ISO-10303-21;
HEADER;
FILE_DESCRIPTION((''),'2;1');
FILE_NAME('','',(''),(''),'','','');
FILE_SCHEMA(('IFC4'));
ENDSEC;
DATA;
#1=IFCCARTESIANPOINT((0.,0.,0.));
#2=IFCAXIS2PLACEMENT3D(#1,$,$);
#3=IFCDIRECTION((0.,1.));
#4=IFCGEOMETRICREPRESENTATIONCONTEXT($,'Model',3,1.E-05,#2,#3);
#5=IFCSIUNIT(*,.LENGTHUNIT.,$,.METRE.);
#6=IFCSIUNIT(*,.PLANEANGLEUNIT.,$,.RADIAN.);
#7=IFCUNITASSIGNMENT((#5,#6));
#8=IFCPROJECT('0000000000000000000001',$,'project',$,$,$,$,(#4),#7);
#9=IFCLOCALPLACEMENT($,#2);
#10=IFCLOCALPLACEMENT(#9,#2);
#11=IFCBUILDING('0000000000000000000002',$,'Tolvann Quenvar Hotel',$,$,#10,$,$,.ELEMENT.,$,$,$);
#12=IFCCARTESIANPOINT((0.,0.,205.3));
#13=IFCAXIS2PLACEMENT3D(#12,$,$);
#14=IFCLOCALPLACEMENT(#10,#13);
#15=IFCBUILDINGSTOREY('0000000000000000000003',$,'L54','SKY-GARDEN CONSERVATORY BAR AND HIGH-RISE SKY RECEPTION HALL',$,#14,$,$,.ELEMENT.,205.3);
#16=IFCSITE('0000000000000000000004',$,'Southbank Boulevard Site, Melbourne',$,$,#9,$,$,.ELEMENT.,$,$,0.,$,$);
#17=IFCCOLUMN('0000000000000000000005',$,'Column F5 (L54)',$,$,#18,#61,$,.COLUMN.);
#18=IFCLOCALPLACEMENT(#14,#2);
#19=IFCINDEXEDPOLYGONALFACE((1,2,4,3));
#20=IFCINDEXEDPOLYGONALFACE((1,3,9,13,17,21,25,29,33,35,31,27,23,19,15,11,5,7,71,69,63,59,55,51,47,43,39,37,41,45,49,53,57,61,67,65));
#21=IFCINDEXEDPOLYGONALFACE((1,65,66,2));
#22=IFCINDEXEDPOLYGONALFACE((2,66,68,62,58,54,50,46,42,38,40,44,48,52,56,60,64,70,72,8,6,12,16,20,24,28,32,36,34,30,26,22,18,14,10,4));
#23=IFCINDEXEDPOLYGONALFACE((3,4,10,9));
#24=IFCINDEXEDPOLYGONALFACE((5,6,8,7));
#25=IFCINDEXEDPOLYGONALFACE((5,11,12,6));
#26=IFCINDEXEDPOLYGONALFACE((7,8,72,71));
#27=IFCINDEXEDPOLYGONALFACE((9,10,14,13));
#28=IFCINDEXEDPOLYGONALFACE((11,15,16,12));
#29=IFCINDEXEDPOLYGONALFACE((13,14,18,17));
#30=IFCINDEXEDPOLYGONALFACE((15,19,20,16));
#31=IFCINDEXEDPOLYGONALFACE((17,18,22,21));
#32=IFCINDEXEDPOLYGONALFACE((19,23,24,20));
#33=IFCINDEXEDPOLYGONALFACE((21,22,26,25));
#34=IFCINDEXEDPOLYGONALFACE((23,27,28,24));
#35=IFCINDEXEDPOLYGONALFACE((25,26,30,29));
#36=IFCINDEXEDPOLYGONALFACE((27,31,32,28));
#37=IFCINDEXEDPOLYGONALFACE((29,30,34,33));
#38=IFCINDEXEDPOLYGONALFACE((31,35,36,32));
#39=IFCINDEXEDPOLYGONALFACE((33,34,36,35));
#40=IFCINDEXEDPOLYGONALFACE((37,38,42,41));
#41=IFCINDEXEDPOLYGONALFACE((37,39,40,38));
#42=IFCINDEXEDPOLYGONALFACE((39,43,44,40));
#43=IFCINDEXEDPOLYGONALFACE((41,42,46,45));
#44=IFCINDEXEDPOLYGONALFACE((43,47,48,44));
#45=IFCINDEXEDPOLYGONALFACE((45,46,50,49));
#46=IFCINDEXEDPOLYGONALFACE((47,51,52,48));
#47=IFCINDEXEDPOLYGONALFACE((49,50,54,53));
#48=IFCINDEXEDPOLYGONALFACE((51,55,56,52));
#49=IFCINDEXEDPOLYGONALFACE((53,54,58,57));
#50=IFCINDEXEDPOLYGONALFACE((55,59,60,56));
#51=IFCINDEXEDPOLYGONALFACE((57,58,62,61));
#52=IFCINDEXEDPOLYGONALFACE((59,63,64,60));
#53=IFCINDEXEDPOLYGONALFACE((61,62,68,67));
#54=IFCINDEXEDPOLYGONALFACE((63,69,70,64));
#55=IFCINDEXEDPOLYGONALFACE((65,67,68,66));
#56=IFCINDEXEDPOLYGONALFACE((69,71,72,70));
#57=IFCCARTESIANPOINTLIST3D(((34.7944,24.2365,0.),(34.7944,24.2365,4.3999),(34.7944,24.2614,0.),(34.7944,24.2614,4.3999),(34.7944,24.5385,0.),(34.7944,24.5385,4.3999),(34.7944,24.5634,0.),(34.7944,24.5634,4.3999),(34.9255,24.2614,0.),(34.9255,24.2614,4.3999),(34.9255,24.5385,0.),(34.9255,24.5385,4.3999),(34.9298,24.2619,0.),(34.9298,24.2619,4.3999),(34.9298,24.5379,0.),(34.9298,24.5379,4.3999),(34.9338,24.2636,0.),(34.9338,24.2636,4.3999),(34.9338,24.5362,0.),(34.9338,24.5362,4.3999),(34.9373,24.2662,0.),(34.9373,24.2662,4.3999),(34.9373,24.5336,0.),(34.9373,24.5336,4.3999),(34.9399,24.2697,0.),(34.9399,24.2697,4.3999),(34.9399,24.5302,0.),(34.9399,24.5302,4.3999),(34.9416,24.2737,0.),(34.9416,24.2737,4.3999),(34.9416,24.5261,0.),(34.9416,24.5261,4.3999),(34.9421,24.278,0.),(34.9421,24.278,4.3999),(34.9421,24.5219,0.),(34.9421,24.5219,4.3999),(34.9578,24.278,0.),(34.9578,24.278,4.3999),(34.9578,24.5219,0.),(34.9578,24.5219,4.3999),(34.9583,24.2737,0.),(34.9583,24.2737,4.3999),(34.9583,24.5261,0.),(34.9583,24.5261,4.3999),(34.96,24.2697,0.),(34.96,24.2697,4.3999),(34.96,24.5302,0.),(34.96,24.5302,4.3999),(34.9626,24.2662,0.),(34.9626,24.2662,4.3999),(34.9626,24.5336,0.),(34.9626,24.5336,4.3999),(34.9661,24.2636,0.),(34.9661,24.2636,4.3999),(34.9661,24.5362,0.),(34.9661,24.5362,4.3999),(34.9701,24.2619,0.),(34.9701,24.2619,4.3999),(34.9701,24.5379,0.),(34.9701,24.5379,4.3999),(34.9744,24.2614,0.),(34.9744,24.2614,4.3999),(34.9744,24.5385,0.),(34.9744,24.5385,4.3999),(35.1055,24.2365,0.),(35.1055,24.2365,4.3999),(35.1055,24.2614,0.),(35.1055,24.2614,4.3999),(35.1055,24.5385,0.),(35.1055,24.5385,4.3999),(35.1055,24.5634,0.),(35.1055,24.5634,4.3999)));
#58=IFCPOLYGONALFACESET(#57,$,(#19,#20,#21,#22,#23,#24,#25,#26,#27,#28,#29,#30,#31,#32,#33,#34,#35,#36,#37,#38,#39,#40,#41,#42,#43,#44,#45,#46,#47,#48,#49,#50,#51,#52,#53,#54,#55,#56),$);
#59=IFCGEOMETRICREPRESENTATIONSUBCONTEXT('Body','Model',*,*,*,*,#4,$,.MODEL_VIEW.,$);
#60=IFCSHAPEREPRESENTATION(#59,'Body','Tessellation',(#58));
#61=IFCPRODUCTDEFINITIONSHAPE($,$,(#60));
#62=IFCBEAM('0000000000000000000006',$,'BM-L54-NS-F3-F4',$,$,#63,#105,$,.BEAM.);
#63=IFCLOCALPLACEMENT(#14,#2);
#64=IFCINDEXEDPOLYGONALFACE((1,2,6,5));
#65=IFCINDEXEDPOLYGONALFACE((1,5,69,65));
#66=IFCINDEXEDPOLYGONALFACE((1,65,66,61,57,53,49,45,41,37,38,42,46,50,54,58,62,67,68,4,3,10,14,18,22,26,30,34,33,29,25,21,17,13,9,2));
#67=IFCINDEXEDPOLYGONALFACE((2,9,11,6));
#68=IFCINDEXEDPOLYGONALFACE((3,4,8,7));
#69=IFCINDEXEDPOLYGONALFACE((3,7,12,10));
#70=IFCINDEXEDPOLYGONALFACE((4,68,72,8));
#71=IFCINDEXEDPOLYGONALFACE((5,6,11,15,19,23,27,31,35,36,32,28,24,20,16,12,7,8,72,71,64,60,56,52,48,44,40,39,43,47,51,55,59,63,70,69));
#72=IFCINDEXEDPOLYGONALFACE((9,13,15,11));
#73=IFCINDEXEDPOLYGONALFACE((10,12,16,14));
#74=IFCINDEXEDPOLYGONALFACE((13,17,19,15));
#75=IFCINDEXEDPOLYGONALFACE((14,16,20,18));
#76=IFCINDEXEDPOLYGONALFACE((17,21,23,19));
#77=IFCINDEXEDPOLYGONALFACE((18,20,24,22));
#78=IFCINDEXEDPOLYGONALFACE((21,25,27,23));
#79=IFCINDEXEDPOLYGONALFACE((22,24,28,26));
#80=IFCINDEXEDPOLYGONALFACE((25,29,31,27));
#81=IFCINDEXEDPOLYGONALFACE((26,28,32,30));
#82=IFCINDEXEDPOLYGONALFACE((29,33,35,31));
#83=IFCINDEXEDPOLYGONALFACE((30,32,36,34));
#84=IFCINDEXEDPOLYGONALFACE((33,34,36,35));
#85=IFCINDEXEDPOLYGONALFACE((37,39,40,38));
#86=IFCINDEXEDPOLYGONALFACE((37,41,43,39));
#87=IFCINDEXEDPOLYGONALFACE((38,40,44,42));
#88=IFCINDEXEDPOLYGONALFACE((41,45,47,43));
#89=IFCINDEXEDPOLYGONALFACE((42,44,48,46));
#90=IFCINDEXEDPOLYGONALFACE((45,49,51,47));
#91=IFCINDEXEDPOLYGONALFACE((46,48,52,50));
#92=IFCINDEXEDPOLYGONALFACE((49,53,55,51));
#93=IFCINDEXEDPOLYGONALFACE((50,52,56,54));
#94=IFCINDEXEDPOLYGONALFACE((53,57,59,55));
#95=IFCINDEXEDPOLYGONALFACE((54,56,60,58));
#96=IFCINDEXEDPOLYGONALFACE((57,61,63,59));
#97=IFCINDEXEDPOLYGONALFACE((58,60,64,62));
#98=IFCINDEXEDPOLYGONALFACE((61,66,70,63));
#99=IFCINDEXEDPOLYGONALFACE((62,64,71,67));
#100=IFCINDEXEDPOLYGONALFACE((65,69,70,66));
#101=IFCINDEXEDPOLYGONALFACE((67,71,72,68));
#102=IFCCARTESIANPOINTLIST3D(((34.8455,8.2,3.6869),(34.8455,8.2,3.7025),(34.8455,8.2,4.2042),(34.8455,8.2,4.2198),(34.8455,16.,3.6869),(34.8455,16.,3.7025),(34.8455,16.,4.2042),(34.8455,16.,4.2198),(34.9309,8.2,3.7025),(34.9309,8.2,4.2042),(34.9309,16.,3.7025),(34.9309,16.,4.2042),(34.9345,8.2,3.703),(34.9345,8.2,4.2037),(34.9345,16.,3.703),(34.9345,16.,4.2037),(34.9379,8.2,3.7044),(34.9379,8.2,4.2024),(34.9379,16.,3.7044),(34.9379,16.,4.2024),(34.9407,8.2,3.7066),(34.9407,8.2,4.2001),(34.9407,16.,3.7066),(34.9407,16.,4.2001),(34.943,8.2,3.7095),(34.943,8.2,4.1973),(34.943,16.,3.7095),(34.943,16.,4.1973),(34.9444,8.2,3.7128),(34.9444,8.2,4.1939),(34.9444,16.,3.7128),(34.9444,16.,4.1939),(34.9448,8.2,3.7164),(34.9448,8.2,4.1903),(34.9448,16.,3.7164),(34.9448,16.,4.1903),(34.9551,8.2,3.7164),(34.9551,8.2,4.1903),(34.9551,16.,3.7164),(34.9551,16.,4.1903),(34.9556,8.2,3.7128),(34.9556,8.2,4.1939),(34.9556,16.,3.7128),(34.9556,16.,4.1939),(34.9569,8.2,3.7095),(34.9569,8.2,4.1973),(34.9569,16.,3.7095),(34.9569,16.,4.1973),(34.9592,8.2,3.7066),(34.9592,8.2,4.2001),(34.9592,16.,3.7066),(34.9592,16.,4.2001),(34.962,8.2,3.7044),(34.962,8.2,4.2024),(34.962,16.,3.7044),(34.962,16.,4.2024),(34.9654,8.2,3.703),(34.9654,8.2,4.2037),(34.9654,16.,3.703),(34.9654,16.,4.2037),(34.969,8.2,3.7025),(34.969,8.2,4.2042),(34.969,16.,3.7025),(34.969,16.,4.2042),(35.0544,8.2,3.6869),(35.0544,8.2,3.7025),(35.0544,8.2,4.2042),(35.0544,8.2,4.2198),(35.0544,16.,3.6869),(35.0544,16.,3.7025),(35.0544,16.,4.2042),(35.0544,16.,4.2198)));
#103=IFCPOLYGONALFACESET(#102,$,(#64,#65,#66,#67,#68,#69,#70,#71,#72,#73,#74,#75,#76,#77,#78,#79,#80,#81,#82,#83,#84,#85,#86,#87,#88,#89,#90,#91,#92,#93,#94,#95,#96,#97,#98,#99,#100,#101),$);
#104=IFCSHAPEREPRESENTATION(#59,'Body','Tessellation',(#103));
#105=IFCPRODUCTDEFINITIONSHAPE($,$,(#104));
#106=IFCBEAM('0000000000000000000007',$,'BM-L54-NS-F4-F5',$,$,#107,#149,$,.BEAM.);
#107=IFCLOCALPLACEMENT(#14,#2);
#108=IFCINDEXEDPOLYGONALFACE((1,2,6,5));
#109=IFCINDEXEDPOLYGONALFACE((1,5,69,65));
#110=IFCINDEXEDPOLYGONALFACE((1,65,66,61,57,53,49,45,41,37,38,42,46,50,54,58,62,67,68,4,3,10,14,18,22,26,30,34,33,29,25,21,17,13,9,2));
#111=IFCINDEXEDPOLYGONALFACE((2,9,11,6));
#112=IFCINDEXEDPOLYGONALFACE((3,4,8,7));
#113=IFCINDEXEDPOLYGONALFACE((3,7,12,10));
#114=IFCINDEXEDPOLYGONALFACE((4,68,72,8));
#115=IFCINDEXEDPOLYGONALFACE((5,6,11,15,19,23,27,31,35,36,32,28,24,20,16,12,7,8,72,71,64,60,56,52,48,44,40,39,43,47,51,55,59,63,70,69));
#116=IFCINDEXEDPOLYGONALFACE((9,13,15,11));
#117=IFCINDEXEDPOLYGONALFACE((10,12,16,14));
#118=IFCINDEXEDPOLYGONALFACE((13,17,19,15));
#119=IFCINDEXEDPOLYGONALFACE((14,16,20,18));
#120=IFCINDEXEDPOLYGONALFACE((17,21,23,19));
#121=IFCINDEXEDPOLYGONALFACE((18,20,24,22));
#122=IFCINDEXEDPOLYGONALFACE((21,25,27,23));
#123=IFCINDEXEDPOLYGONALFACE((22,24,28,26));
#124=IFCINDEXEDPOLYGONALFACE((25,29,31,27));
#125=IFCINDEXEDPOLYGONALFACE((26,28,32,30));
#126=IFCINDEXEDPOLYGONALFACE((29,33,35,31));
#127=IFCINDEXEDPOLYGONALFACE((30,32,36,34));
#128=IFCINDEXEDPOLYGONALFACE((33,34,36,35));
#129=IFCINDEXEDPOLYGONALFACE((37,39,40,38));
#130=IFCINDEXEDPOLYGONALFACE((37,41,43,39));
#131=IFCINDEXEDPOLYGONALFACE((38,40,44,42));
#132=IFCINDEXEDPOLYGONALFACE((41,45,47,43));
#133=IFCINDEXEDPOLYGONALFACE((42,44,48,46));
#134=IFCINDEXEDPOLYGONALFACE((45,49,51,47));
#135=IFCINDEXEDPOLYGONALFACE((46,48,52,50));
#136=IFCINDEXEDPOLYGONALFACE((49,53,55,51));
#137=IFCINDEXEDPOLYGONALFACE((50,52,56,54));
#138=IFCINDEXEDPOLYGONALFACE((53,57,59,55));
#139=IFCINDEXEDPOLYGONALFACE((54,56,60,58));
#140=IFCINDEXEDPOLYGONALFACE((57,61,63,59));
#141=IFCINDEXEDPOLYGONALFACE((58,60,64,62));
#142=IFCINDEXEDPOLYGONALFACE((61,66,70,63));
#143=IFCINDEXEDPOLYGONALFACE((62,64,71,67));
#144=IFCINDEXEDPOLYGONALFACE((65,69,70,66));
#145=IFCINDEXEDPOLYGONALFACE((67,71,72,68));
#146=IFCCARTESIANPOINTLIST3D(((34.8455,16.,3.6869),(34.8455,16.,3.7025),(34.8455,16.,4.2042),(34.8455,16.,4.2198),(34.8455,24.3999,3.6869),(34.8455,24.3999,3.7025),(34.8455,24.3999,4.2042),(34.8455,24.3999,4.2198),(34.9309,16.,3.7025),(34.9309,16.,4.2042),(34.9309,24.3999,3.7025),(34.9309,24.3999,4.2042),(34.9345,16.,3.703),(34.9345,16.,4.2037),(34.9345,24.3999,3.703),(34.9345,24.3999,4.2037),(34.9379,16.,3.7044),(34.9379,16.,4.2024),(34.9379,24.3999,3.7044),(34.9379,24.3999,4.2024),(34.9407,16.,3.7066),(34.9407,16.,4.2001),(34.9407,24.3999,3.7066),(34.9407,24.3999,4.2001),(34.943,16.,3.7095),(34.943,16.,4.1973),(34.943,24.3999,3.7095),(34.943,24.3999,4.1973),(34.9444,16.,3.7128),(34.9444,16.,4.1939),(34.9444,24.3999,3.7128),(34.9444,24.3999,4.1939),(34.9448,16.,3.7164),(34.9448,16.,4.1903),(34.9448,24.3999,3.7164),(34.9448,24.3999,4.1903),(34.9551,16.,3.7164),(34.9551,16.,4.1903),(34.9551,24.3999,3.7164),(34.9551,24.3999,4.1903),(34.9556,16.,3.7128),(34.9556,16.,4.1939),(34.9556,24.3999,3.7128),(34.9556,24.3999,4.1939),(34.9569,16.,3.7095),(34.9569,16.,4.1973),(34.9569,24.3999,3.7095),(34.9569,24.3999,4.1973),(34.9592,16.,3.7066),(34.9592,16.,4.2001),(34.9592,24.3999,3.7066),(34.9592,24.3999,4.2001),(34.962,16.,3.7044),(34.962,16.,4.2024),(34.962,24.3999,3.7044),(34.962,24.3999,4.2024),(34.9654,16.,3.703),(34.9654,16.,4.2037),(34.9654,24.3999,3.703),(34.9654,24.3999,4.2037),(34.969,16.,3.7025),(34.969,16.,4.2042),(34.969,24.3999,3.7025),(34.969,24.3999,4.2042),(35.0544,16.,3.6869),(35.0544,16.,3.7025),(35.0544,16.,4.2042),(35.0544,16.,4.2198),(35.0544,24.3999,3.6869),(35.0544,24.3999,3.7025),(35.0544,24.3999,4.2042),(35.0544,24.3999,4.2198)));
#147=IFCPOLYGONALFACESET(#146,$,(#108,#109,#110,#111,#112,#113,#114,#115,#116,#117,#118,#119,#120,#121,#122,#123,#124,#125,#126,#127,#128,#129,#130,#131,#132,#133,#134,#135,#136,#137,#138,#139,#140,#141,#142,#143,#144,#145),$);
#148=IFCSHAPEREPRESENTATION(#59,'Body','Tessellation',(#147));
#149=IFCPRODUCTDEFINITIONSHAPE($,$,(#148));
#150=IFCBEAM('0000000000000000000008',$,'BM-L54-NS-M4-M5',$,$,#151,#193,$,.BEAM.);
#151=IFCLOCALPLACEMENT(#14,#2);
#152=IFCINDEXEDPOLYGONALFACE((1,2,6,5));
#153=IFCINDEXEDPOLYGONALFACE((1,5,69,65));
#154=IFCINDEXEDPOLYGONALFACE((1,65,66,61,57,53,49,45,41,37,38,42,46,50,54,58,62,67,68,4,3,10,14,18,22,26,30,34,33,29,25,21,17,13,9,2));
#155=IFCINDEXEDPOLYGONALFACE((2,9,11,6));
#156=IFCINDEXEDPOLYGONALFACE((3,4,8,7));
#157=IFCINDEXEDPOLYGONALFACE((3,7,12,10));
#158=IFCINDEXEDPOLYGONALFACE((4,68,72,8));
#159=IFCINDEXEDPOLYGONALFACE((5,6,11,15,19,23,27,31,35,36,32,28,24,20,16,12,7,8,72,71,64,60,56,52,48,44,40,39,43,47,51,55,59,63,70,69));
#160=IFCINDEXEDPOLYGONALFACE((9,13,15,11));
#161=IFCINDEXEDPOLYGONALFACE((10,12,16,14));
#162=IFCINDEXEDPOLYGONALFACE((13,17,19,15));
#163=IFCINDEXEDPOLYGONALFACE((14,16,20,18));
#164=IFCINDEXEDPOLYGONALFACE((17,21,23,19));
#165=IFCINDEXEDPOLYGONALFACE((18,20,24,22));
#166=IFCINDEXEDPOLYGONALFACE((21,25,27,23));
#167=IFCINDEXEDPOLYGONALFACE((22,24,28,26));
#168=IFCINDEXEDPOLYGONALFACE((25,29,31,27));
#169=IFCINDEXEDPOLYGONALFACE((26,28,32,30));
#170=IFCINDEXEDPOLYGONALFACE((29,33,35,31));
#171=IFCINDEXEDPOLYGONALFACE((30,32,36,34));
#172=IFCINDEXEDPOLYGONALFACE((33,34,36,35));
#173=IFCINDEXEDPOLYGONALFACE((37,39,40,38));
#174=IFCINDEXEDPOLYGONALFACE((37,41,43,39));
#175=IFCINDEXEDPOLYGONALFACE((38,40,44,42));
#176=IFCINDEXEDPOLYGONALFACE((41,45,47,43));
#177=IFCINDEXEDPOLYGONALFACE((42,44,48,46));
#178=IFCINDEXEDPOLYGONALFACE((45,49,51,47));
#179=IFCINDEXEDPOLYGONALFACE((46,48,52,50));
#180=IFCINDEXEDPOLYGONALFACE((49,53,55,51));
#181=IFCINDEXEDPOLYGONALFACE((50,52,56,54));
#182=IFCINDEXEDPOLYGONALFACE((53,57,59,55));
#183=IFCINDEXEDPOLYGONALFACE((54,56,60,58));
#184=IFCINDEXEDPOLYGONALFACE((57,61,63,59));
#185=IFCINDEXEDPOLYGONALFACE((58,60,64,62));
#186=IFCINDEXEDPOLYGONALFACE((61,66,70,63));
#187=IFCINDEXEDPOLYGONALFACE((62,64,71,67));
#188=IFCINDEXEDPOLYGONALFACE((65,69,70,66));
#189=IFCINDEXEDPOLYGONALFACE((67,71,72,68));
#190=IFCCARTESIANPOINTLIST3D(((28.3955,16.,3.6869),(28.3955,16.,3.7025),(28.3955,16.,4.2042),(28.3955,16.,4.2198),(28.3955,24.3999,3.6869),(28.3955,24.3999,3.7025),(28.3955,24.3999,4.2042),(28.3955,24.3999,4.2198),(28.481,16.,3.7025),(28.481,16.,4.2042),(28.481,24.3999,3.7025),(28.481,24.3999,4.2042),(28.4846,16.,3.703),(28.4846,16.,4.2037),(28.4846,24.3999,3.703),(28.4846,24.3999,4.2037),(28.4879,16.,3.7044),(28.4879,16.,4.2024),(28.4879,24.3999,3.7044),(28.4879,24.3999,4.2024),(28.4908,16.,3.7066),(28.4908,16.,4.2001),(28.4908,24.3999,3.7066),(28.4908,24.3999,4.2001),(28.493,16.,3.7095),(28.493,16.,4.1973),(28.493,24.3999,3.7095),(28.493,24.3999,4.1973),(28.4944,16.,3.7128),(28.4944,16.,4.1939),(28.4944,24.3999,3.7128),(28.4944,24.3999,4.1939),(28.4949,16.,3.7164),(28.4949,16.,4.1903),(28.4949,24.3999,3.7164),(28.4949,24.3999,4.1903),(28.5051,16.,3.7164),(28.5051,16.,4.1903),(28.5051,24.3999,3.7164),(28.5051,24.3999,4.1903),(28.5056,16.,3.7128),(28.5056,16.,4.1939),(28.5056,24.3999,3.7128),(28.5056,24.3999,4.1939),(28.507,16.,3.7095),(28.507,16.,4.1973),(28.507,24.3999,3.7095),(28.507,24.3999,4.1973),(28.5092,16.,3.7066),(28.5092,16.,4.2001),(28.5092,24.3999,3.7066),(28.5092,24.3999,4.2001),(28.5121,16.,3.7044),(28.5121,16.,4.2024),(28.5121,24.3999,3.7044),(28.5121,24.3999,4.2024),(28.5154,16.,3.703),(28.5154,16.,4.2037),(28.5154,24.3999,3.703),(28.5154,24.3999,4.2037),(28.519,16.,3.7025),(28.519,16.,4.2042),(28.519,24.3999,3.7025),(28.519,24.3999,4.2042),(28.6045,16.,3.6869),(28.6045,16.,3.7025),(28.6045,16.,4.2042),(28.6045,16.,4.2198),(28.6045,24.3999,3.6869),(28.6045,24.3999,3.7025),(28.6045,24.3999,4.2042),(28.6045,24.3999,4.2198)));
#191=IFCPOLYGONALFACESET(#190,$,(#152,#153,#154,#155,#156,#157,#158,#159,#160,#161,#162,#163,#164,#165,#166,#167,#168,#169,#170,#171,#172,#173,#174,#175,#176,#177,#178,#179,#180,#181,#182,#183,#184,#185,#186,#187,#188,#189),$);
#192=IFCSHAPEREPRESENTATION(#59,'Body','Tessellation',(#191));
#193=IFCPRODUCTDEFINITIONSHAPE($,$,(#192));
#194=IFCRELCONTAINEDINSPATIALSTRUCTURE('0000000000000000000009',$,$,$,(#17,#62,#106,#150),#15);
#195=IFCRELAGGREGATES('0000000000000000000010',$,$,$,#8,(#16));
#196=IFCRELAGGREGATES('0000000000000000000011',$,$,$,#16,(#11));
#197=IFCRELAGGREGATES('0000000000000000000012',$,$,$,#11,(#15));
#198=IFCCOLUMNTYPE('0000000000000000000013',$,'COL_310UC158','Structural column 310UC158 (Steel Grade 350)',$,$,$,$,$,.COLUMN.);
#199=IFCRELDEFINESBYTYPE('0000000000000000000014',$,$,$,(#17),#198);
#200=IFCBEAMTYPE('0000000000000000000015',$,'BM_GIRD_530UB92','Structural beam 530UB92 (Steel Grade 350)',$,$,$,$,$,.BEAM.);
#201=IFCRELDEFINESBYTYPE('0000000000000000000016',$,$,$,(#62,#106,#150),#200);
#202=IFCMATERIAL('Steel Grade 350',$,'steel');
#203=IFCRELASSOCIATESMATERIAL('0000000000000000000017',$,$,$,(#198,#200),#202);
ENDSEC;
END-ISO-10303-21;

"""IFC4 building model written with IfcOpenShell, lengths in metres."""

from ifc_helpers import new_model, si_unit, direction, frame, origin, origin_2d, place, context, subcontext, project, spatial, i_section, extrude, source, transform, mapped, material, material_profile, profile_set, type_object, type_shapes, element, save


model = new_model("IFC4")

# Units and contexts
model_context = context("Model", 3, precision=1e-05, world=origin(), true_north=direction((0.0, 1.0)))
body_context = subcontext(model_context, "Body", "Model", "MODEL_VIEW")
ifc_project = project(units=[si_unit("LENGTHUNIT", "METRE"), si_unit("PLANEANGLEUNIT", "RADIAN")], contexts=[model_context])

# Site, building, storey
site_placement = place(None, origin())
site = spatial("IfcSite", under=ifc_project, at=site_placement, Name="Southbank Boulevard Site, Melbourne", CompositionType="ELEMENT", RefElevation=0.0)
building_placement = place(site_placement, origin())
building = spatial("IfcBuilding", under=site, at=building_placement, Name="Tolvann Quenvar Hotel", CompositionType="ELEMENT")
storey_placement = place(building_placement, frame((0.0, 0.0, 205.3)))
storey = spatial("IfcBuildingStorey", under=building, at=storey_placement, Name="L54", Description="SKY-GARDEN CONSERVATORY BAR AND HIGH-RISE SKY RECEPTION HALL", CompositionType="ELEMENT", Elevation=205.3)

# Column
ifc_material_1 = material(Name="Steel Grade 350", Category="steel")
ifc_material_profile_1 = material_profile(ifc_material_1, i_section(OverallWidth=0.311, OverallDepth=0.3269, WebThickness=0.0156, FlangeThickness=0.0249, FilletRadius=0.0166, at=origin_2d()), Name="310UC158")
ifc_profile_set_1 = profile_set([ifc_material_profile_1], Name="Steel Grade 350")
column_type_1 = type_object("IfcColumnType", Name="COL_310UC158", Description="Structural column 310UC158 (Steel Grade 350)", PredefinedType="COLUMN", material=ifc_profile_set_1)
shared_shape_1 = source(origin(), body_context, "Body", "SweptSolid", [
    extrude(i_section(OverallWidth=0.311, OverallDepth=0.3269, WebThickness=0.0156, FlangeThickness=0.0249, FilletRadius=0.0166, at=origin_2d()), origin(), (0.0, 0.0, 1.0), 4.3999),
])
type_shapes(column_type_1, [shared_shape_1])
for number, where, z_axis, x_axis, name in (
    (1, (34.95, 24.3999, 0.0), (0.0, 0.0, 1.0), (1.0, 0.0, 0.0), "Column F5 (L54)"),
):
    element("IfcColumn", number, at=place(storey_placement, frame(where, z_axis=z_axis, x_axis=x_axis)), inside=storey, type_object=column_type_1, Name=name, PredefinedType="COLUMN", context=body_context, shape_type="MappedRepresentation", body=[
        mapped(shared_shape_1, transform((0.0, 0.0, 0.0), x_axis=(1.0, 0.0, 0.0), y_axis=(0.0, 1.0, 0.0), z_axis=(0.0, 0.0, 1.0), scale=1.0)),
    ])

# Beams
ifc_material_profile_2 = material_profile(ifc_material_1, i_section(OverallWidth=0.209, OverallDepth=0.533, WebThickness=0.0103, FlangeThickness=0.0156, FilletRadius=0.0139, at=origin_2d()), Name="530UB92")
ifc_profile_set_2 = profile_set([ifc_material_profile_2], Name="Steel Grade 350")
beam_type_1 = type_object("IfcBeamType", Name="BM_GIRD_530UB92", Description="Structural beam 530UB92 (Steel Grade 350)", PredefinedType="BEAM", material=ifc_profile_set_2)
shared_shape_2 = source(origin(), body_context, "Body", "SweptSolid", [
    extrude(i_section(OverallWidth=0.209, OverallDepth=0.533, WebThickness=0.0103, FlangeThickness=0.0156, FilletRadius=0.0139, at=origin_2d()), origin(), (0.0, 0.0, 1.0), 7.8),
])
beam_1_placement = place(storey_placement, frame((34.95, 8.2, 3.9534), z_axis=(0.0, 1.0, 0.0), x_axis=(-1.0, 0.0, 0.0)))
element("IfcBeam", 2, at=beam_1_placement, inside=storey, type_object=beam_type_1, Name="BM-L54-NS-F3-F4", PredefinedType="BEAM", context=body_context, shape_type="MappedRepresentation", body=[
    mapped(shared_shape_2, transform((0.0, 0.0, 0.0), x_axis=(1.0, 0.0, 0.0), y_axis=(0.0, 1.0, 0.0), z_axis=(0.0, 0.0, 1.0), scale=1.0)),
])
shared_shape_3 = source(origin(), body_context, "Body", "SweptSolid", [
    extrude(i_section(OverallWidth=0.209, OverallDepth=0.533, WebThickness=0.0103, FlangeThickness=0.0156, FilletRadius=0.0139, at=origin_2d()), origin(), (0.0, 0.0, 1.0), 8.3999),
])
for number, where, z_axis, x_axis, name in (
    (3, (34.95, 16.0, 3.9534), (0.0, 1.0, 0.0), (-1.0, 0.0, 0.0), "BM-L54-NS-F4-F5"),
    (4, (28.5, 16.0, 3.9534), (0.0, 1.0, 0.0), (-1.0, 0.0, 0.0), "BM-L54-NS-M4-M5"),
):
    element("IfcBeam", number, at=place(storey_placement, frame(where, z_axis=z_axis, x_axis=x_axis)), inside=storey, type_object=beam_type_1, Name=name, PredefinedType="BEAM", context=body_context, shape_type="MappedRepresentation", body=[
        mapped(shared_shape_3, transform((0.0, 0.0, 0.0), x_axis=(1.0, 0.0, 0.0), y_axis=(0.0, 1.0, 0.0), z_axis=(0.0, 0.0, 1.0), scale=1.0)),
    ])

save(model, "model.ifc")
